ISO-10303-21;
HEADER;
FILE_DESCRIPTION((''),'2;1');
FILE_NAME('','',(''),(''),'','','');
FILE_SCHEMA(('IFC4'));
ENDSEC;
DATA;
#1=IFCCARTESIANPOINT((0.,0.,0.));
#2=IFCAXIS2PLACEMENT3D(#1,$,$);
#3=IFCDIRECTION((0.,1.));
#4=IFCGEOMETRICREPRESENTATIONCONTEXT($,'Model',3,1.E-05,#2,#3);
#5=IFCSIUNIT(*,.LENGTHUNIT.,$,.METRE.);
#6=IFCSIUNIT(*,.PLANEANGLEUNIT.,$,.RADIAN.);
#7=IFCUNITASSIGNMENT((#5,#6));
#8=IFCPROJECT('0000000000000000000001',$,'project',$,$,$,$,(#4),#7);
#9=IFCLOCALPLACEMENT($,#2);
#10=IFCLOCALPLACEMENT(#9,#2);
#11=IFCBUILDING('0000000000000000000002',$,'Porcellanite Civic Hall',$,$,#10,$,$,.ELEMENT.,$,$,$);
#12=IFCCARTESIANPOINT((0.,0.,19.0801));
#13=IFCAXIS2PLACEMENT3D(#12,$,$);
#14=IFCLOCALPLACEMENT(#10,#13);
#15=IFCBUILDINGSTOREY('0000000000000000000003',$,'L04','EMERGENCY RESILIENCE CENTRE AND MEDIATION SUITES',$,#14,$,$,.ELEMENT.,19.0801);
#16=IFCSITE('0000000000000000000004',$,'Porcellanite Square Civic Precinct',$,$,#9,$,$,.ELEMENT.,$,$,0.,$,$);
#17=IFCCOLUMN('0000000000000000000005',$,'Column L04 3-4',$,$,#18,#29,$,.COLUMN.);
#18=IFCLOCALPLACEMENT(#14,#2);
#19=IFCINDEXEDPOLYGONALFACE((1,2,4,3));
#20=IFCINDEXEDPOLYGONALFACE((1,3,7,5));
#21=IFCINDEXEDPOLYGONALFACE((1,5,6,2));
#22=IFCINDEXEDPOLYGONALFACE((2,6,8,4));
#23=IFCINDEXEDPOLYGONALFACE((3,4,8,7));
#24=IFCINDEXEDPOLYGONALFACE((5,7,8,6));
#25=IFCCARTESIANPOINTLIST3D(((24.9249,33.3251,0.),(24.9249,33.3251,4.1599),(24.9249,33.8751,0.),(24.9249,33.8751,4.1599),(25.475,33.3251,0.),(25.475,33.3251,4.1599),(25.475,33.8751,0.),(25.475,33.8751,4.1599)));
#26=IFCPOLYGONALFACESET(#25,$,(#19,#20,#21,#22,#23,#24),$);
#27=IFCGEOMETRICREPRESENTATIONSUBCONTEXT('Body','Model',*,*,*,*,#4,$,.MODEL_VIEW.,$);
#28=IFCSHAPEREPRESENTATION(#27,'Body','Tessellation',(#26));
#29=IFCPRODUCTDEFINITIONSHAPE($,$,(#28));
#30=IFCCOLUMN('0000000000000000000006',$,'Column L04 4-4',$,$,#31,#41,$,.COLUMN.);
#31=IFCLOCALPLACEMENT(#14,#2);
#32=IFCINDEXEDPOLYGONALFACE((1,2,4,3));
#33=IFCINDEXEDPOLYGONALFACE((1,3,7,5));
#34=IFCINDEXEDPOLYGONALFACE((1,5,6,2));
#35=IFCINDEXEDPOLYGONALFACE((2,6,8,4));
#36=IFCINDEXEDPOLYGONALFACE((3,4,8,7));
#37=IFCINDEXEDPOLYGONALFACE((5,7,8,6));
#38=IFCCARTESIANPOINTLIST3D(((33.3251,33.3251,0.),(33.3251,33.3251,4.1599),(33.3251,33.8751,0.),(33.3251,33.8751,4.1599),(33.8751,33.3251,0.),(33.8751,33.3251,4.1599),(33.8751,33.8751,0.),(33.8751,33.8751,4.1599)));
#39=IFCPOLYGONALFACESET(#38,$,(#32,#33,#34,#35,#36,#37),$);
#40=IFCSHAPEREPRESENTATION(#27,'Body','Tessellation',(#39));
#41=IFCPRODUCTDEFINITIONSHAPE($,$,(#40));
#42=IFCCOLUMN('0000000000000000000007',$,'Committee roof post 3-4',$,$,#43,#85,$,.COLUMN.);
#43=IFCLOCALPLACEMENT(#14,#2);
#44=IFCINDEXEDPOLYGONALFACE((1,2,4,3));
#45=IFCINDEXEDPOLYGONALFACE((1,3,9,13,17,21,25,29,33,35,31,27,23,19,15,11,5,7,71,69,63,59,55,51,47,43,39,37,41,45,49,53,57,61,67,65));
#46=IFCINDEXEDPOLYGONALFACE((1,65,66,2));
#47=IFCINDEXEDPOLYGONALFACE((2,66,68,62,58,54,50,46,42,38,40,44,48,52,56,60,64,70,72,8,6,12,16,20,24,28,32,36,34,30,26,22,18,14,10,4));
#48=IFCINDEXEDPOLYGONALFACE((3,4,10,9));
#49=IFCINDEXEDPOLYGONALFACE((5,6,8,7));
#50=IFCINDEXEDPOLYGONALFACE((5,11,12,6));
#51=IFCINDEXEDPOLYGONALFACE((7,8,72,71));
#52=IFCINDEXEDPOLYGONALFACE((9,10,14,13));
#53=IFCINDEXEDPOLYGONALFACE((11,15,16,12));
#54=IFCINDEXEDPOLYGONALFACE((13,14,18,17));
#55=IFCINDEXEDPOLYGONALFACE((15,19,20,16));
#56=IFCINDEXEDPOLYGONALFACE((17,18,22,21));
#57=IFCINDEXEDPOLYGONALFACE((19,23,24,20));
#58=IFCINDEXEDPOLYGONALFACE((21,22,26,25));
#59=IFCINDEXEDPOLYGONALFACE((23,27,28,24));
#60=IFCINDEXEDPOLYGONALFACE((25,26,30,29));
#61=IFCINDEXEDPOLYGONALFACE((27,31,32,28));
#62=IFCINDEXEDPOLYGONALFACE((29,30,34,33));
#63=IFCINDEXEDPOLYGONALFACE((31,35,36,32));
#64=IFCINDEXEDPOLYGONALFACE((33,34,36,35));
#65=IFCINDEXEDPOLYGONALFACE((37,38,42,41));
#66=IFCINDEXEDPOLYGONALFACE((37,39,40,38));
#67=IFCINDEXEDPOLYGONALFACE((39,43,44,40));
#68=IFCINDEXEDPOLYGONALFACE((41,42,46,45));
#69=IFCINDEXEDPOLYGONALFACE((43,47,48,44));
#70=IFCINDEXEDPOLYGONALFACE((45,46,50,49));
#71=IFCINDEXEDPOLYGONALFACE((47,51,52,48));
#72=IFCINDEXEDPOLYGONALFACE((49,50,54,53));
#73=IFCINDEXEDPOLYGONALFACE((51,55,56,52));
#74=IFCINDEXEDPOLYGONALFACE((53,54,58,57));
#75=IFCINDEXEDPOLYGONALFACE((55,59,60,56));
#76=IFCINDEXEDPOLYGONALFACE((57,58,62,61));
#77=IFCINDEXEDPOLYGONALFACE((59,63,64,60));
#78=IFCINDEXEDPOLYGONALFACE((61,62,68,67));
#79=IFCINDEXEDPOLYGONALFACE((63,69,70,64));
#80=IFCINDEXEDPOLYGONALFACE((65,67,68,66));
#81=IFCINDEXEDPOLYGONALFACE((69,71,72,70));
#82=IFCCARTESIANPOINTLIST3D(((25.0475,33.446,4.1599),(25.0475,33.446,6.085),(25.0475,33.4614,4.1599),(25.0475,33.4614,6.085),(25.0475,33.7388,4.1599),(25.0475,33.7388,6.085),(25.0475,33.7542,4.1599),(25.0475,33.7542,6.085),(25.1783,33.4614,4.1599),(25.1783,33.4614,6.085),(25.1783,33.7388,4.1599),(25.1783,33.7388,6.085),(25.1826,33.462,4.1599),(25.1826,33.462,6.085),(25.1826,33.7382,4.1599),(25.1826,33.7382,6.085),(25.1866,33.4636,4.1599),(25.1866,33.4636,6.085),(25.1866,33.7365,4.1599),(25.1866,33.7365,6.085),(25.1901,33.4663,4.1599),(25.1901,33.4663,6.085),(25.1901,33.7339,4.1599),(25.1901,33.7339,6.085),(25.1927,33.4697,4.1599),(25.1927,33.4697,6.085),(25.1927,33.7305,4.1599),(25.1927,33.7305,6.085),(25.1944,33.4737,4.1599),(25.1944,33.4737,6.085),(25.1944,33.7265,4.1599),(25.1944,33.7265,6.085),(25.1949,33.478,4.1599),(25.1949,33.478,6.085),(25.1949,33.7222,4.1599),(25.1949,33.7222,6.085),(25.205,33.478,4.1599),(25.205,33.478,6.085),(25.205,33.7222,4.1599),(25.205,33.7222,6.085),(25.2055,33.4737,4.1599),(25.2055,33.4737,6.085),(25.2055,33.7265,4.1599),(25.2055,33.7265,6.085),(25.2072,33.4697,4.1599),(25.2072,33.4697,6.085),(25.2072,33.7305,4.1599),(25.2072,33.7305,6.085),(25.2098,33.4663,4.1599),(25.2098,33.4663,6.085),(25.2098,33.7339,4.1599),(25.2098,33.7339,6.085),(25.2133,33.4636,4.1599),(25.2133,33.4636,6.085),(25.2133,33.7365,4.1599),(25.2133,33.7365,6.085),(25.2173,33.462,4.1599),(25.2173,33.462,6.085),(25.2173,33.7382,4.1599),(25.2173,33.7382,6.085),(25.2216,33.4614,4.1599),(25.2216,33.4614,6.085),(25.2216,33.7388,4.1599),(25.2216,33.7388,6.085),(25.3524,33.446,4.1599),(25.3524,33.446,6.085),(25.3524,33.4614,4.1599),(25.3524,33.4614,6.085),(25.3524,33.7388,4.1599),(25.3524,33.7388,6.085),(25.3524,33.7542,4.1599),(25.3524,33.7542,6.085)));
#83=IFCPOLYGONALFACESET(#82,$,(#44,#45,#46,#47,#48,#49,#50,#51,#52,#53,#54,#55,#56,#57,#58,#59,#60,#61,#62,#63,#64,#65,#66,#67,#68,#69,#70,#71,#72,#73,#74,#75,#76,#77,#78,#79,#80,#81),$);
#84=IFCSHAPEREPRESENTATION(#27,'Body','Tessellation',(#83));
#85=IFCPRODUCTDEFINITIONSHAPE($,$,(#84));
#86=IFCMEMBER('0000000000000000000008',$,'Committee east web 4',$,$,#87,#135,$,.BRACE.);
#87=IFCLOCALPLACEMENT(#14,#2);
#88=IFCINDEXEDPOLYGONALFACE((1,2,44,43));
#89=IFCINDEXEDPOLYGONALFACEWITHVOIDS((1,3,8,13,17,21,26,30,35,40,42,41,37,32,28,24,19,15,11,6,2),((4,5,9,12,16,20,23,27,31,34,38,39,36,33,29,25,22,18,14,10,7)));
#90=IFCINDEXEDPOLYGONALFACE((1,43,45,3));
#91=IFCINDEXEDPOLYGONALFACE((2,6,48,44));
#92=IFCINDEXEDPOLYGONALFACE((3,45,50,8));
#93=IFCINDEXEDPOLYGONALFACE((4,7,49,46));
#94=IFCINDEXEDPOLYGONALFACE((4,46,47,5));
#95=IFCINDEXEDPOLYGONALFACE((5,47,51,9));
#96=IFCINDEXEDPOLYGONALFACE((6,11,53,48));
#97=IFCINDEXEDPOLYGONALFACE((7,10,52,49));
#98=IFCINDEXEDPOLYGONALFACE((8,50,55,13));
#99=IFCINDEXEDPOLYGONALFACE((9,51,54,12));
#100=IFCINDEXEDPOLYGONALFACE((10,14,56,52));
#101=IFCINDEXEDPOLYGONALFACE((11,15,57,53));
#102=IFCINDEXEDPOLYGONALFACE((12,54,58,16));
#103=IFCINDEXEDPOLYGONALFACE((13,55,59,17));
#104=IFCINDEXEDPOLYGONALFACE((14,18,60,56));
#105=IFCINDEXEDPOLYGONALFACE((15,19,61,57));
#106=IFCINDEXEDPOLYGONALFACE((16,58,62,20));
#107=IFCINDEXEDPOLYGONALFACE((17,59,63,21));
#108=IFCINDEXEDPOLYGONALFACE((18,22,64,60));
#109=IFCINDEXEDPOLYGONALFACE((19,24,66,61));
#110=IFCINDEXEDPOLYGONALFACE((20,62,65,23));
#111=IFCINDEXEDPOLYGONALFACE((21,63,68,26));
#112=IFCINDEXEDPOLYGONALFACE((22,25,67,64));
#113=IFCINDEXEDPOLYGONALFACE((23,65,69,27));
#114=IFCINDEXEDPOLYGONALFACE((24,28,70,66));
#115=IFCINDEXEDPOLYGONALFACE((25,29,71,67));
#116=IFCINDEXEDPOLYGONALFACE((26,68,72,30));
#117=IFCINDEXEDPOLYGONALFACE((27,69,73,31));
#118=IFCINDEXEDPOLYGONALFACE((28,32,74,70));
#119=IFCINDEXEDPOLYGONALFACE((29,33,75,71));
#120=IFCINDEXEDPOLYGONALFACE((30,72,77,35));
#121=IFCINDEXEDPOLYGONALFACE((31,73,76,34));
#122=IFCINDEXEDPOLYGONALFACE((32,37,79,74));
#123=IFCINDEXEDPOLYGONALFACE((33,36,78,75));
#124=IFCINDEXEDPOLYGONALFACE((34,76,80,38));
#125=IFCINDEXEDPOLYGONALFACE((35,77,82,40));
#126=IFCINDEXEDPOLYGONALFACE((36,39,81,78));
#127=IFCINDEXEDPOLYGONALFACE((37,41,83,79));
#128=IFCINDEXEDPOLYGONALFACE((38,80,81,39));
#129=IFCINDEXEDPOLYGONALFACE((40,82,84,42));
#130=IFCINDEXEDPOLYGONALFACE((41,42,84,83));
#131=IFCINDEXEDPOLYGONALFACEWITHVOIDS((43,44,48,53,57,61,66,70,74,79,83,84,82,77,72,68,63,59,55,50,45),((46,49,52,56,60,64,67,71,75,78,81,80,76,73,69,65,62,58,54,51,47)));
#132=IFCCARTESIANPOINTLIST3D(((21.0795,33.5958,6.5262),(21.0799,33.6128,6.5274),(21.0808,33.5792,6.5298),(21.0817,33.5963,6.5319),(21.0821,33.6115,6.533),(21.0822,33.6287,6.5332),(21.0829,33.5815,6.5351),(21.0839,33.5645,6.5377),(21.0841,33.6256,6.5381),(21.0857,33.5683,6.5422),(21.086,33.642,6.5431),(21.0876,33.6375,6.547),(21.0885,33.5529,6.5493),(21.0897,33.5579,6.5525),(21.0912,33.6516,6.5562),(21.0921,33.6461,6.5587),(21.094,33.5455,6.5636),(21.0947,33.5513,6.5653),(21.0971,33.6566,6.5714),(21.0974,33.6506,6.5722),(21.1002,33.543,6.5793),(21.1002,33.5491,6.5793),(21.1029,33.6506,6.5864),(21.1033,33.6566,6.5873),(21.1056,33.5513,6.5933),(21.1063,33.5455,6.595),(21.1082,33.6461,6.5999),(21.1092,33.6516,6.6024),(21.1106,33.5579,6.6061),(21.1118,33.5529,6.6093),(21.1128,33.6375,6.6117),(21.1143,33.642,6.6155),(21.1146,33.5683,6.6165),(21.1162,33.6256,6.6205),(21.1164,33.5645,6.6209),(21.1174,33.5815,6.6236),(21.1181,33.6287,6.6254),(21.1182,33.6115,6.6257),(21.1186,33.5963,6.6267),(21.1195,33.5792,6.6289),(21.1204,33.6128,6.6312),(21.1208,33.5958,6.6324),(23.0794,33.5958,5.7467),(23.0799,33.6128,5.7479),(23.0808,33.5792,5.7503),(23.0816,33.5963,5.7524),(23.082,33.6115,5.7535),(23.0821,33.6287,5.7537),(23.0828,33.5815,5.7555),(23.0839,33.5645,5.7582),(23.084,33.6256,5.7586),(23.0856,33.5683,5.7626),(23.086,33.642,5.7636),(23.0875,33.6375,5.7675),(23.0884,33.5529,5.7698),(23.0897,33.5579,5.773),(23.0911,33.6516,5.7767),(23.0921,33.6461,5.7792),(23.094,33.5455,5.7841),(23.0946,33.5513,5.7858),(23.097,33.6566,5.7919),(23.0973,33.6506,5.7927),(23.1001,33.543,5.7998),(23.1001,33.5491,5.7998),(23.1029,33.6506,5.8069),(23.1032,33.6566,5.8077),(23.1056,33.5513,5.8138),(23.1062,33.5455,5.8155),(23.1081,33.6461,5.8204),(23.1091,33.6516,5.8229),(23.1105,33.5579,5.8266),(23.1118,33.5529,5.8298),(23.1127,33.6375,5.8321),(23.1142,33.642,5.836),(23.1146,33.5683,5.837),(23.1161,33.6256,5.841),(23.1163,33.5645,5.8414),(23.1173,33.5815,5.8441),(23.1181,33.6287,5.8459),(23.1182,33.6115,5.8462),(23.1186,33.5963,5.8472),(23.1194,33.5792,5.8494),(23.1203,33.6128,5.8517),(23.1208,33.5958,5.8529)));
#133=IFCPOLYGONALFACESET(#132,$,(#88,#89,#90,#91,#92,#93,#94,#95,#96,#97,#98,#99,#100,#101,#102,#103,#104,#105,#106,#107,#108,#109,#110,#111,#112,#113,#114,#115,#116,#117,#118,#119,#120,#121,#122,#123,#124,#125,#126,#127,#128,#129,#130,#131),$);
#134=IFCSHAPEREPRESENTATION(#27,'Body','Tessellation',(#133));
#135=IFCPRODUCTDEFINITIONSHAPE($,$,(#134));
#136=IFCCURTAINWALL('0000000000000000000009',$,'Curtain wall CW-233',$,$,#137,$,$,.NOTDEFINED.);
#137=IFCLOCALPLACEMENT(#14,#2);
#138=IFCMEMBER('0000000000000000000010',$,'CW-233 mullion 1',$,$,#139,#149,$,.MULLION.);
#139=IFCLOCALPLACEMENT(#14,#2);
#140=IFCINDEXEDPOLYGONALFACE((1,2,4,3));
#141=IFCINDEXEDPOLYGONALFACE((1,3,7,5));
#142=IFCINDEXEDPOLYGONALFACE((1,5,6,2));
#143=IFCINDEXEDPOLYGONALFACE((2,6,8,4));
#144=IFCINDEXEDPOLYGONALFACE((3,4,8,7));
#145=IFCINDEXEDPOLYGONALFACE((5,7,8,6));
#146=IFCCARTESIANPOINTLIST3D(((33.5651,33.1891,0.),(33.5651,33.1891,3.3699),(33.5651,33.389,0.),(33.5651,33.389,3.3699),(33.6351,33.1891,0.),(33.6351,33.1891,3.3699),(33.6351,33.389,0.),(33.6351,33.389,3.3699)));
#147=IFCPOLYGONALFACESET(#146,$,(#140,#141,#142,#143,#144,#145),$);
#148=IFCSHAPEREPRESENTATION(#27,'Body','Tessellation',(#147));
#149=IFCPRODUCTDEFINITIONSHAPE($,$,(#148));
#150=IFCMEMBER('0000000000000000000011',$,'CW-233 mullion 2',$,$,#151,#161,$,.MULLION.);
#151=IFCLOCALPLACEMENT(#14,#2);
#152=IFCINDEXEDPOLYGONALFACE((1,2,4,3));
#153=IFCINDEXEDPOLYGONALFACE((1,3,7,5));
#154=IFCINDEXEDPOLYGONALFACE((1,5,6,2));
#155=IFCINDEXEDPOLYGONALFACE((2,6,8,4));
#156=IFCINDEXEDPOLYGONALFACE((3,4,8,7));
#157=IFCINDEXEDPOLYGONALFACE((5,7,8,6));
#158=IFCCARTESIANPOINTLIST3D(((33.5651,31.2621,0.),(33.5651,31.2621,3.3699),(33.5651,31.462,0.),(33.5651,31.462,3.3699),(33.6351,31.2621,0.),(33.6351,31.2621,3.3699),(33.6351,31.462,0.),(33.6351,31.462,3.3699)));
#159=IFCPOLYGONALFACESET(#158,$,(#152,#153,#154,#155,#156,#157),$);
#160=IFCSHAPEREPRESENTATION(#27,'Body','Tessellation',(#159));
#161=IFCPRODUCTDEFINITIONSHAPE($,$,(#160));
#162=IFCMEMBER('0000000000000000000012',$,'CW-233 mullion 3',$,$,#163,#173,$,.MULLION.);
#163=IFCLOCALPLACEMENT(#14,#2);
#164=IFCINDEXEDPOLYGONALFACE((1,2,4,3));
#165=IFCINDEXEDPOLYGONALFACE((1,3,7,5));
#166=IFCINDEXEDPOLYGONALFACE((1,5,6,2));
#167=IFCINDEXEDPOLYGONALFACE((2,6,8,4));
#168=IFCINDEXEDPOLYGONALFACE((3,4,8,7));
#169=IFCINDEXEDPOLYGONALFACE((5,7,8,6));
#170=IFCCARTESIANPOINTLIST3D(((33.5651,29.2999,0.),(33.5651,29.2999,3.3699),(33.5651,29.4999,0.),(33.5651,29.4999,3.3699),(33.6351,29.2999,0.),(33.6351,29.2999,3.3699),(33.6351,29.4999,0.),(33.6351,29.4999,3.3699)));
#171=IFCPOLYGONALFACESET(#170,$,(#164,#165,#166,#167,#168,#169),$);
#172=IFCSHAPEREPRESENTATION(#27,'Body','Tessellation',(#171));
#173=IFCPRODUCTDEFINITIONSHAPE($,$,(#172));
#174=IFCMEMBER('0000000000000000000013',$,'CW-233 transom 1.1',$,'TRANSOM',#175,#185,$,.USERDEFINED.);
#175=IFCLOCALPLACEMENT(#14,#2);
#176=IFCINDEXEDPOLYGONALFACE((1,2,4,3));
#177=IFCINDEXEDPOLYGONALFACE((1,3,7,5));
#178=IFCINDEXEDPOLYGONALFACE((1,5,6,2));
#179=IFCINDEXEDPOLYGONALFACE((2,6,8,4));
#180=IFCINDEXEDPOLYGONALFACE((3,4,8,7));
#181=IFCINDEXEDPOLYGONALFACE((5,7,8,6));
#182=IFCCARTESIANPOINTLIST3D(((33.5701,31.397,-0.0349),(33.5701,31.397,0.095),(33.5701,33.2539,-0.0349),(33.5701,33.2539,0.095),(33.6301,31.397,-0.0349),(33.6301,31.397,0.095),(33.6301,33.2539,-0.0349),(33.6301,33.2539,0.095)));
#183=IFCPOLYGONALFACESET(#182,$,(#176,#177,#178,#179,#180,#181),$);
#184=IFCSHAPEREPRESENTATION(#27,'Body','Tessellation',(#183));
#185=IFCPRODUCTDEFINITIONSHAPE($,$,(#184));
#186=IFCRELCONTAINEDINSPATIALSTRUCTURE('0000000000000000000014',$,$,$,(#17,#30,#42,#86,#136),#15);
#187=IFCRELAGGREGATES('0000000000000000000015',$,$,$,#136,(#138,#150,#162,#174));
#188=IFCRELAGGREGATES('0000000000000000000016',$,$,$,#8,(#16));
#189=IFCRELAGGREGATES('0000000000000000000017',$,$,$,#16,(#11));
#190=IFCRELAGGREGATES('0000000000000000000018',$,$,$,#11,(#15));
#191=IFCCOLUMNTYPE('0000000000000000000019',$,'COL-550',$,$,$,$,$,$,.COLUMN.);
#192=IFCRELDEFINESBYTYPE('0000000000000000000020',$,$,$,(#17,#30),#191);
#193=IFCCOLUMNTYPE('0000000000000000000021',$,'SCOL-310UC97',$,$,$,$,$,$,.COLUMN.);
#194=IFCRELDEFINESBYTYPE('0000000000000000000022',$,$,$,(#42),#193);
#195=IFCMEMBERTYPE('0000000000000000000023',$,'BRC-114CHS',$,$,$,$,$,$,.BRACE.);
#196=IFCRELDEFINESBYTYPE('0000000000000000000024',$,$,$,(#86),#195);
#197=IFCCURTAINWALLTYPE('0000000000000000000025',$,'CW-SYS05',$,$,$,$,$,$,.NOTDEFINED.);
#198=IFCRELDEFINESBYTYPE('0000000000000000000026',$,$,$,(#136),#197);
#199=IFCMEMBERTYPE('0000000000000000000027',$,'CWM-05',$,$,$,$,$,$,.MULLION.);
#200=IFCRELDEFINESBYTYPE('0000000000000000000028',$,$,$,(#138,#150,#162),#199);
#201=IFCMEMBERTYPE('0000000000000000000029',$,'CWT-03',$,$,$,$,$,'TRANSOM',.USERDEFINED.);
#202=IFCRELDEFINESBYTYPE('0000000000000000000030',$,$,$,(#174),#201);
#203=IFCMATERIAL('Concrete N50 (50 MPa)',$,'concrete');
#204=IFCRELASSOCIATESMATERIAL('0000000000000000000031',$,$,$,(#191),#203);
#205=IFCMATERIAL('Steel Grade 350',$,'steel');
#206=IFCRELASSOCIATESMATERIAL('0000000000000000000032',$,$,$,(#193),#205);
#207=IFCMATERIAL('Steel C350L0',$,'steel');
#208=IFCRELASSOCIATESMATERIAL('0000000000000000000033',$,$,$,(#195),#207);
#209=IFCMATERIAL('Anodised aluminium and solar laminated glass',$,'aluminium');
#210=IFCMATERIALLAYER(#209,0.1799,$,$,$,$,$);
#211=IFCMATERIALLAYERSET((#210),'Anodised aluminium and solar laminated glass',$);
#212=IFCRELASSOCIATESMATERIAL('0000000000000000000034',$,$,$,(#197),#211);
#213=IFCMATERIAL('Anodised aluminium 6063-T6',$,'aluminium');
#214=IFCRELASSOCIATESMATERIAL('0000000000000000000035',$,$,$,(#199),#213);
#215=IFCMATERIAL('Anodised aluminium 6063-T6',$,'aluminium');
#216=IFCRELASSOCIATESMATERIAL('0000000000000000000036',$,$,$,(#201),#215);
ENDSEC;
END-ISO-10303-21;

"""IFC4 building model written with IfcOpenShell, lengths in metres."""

from ifc_helpers import new_model, si_unit, direction, frame, origin, origin_2d, place, context, subcontext, project, spatial, rectangle, hollow_circle, i_section, extrude, material, layer, layer_set, material_profile, profile_set, type_object, element, aggregate, save


model = new_model("IFC4")

# Units and contexts
model_context = context("Model", 3, precision=1e-05, world=origin(), true_north=direction((0.0, 1.0)))
body_context = subcontext(model_context, "Body", "Model", "MODEL_VIEW")
ifc_project = project(units=[si_unit("LENGTHUNIT", "METRE"), si_unit("PLANEANGLEUNIT", "RADIAN")], contexts=[model_context])

# Site, building, storey
site_placement = place(None, origin())
site = spatial("IfcSite", under=ifc_project, at=site_placement, Name="Porcellanite Square Civic Precinct", CompositionType="ELEMENT", RefElevation=0.0)
building_placement = place(site_placement, origin())
building = spatial("IfcBuilding", under=site, at=building_placement, Name="Porcellanite Civic Hall", CompositionType="ELEMENT")
storey_placement = place(building_placement, frame((0.0, 0.0, 19.0801)))
storey = spatial("IfcBuildingStorey", under=building, at=storey_placement, Name="L04", Description="EMERGENCY RESILIENCE CENTRE AND MEDIATION SUITES", CompositionType="ELEMENT", Elevation=19.0801)

# Columns
ifc_material_1 = material(Name="Concrete N50 (50 MPa)", Category="concrete")
ifc_material_profile_1 = material_profile(ifc_material_1, rectangle(XDim=0.55, YDim=0.55, at=origin_2d()), Name="RC-550x550")
ifc_profile_set_1 = profile_set([ifc_material_profile_1], Name="Concrete N50 (50 MPa)")
column_type_1 = type_object("IfcColumnType", Name="COL-550", PredefinedType="COLUMN", material=ifc_profile_set_1)
for number, where, z_axis, x_axis, name in (
    (1, (25.2, 33.6001, 0.0), (0.0, 0.0, 1.0), (1.0, 0.0, 0.0), "Column L04 3-4"),
    (2, (33.6001, 33.6001, 0.0), (0.0, 0.0, 1.0), (1.0, 0.0, 0.0), "Column L04 4-4"),
):
    element("IfcColumn", number, at=place(storey_placement, frame(where, z_axis=z_axis, x_axis=x_axis)), inside=storey, type_object=column_type_1, Name=name, PredefinedType="COLUMN", context=body_context, shape_type="SweptSolid", body=[
        extrude(rectangle(XDim=0.55, YDim=0.55, at=origin_2d()), origin(), (0.0, 0.0, 1.0), 4.1599),
    ])
ifc_material_2 = material(Name="Steel Grade 350", Category="steel")
ifc_material_profile_2 = material_profile(ifc_material_2, i_section(OverallWidth=0.3049, OverallDepth=0.3081, WebThickness=0.01, FlangeThickness=0.0154, FilletRadius=0.0166, at=origin_2d()), Name="310UC96.8")
ifc_profile_set_2 = profile_set([ifc_material_profile_2], Name="Steel Grade 350")
column_type_2 = type_object("IfcColumnType", Name="SCOL-310UC97", PredefinedType="COLUMN", material=ifc_profile_set_2)
column_placement = place(storey_placement, frame((25.2, 33.6001, 4.1599), z_axis=(0.0, 0.0, 1.0), x_axis=(1.0, 0.0, 0.0)))
element("IfcColumn", 3, at=column_placement, inside=storey, type_object=column_type_2, Name="Committee roof post 3-4", PredefinedType="COLUMN", context=body_context, shape_type="SweptSolid", body=[
    extrude(i_section(OverallWidth=0.3049, OverallDepth=0.3081, WebThickness=0.01, FlangeThickness=0.0154, FilletRadius=0.0166, at=origin_2d()), origin(), (0.0, 0.0, 1.0), 1.925),
])

# Member
ifc_material_3 = material(Name="Steel C350L0", Category="steel")
ifc_material_profile_3 = material_profile(ifc_material_3, hollow_circle(Radius=0.0571, WallThickness=0.0061, at=origin_2d()), Name="114.3x6.0CHS")
ifc_profile_set_3 = profile_set([ifc_material_profile_3], Name="Steel C350L0")
member_type_1 = type_object("IfcMemberType", Name="BRC-114CHS", PredefinedType="BRACE", material=ifc_profile_set_3)
member_1_placement = place(storey_placement, frame((23.1001, 33.6001, 5.7998), z_axis=(-0.931727, 0.0, 0.36316), x_axis=(0.0, -1.0, 0.0)))
element("IfcMember", 4, at=member_1_placement, inside=storey, type_object=member_type_1, Name="Committee east web 4", PredefinedType="BRACE", context=body_context, shape_type="SweptSolid", body=[
    extrude(hollow_circle(Radius=0.0571, WallThickness=0.0061, at=origin_2d()), origin(), (0.0, 0.0, 1.0), 2.1465),
])

# Curtain wall, members
ifc_material_4 = material(Name="Anodised aluminium and solar laminated glass", Category="aluminium")
ifc_layer_1 = layer(ifc_material_4, 0.1799)
ifc_layer_set_1 = layer_set([ifc_layer_1], Name="Anodised aluminium and solar laminated glass")
curtain_wall_type = type_object("IfcCurtainWallType", Name="CW-SYS05", PredefinedType="NOTDEFINED", material=ifc_layer_set_1)
curtain_wall_placement = place(storey_placement, origin())
curtain_wall = element("IfcCurtainWall", 5, at=curtain_wall_placement, inside=storey, type_object=curtain_wall_type, Name="Curtain wall CW-233", PredefinedType="NOTDEFINED")
ifc_material_5 = material(Name="Anodised aluminium 6063-T6", Category="aluminium")
ifc_material_profile_4 = material_profile(ifc_material_5, rectangle(XDim=0.0701, YDim=0.2, at=origin_2d()), Name="AL-70x200")
ifc_profile_set_4 = profile_set([ifc_material_profile_4], Name="Anodised aluminium 6063-T6")
member_type_2 = type_object("IfcMemberType", Name="CWM-05", PredefinedType="MULLION", material=ifc_profile_set_4)
member_2_placement = place(storey_placement, frame((33.6001, 33.2891, 0.0), z_axis=(0.0, 0.0, 1.0), x_axis=(1.0, 0.0, 0.0)))
member_2 = element("IfcMember", 6, at=member_2_placement, type_object=member_type_2, Name="CW-233 mullion 1", PredefinedType="MULLION", context=body_context, shape_type="SweptSolid", body=[
    extrude(rectangle(XDim=0.0701, YDim=0.2, at=origin_2d()), origin(), (0.0, 0.0, 1.0), 3.3699),
])
member_3_placement = place(storey_placement, frame((33.6001, 31.3621, 0.0), z_axis=(0.0, 0.0, 1.0), x_axis=(1.0, 0.0, 0.0)))
member_3 = element("IfcMember", 7, at=member_3_placement, type_object=member_type_2, Name="CW-233 mullion 2", PredefinedType="MULLION", context=body_context, shape_type="SweptSolid", body=[
    extrude(rectangle(XDim=0.0701, YDim=0.2, at=origin_2d()), origin(), (0.0, 0.0, 1.0), 3.3699),
])
member_4_placement = place(storey_placement, frame((33.6001, 29.3999, 0.0), z_axis=(0.0, 0.0, 1.0), x_axis=(1.0, 0.0, 0.0)))
member_4 = element("IfcMember", 8, at=member_4_placement, type_object=member_type_2, Name="CW-233 mullion 3", PredefinedType="MULLION", context=body_context, shape_type="SweptSolid", body=[
    extrude(rectangle(XDim=0.0701, YDim=0.2, at=origin_2d()), origin(), (0.0, 0.0, 1.0), 3.3699),
])
ifc_material_6 = material(Name="Anodised aluminium 6063-T6", Category="aluminium")
ifc_material_profile_5 = material_profile(ifc_material_6, rectangle(XDim=0.0601, YDim=0.1299, at=origin_2d()), Name="AL-60x130")
ifc_profile_set_5 = profile_set([ifc_material_profile_5], Name="Anodised aluminium 6063-T6")
member_type_3 = type_object("IfcMemberType", Name="CWT-03", ElementType="TRANSOM", PredefinedType="USERDEFINED", material=ifc_profile_set_5)
member_5_placement = place(storey_placement, frame((33.6001, 33.2539, 0.03), z_axis=(0.0, -1.0, 0.0), x_axis=(1.0, 0.0, 0.0)))
member_5 = element("IfcMember", 9, at=member_5_placement, type_object=member_type_3, Name="CW-233 transom 1.1", ObjectType="TRANSOM", PredefinedType="USERDEFINED", context=body_context, shape_type="SweptSolid", body=[
    extrude(rectangle(XDim=0.0601, YDim=0.1299, at=origin_2d()), origin(), (0.0, 0.0, 1.0), 1.8569),
])

aggregate(curtain_wall, [member_2, member_3, member_4, member_5])

save(model, "model.ifc")
